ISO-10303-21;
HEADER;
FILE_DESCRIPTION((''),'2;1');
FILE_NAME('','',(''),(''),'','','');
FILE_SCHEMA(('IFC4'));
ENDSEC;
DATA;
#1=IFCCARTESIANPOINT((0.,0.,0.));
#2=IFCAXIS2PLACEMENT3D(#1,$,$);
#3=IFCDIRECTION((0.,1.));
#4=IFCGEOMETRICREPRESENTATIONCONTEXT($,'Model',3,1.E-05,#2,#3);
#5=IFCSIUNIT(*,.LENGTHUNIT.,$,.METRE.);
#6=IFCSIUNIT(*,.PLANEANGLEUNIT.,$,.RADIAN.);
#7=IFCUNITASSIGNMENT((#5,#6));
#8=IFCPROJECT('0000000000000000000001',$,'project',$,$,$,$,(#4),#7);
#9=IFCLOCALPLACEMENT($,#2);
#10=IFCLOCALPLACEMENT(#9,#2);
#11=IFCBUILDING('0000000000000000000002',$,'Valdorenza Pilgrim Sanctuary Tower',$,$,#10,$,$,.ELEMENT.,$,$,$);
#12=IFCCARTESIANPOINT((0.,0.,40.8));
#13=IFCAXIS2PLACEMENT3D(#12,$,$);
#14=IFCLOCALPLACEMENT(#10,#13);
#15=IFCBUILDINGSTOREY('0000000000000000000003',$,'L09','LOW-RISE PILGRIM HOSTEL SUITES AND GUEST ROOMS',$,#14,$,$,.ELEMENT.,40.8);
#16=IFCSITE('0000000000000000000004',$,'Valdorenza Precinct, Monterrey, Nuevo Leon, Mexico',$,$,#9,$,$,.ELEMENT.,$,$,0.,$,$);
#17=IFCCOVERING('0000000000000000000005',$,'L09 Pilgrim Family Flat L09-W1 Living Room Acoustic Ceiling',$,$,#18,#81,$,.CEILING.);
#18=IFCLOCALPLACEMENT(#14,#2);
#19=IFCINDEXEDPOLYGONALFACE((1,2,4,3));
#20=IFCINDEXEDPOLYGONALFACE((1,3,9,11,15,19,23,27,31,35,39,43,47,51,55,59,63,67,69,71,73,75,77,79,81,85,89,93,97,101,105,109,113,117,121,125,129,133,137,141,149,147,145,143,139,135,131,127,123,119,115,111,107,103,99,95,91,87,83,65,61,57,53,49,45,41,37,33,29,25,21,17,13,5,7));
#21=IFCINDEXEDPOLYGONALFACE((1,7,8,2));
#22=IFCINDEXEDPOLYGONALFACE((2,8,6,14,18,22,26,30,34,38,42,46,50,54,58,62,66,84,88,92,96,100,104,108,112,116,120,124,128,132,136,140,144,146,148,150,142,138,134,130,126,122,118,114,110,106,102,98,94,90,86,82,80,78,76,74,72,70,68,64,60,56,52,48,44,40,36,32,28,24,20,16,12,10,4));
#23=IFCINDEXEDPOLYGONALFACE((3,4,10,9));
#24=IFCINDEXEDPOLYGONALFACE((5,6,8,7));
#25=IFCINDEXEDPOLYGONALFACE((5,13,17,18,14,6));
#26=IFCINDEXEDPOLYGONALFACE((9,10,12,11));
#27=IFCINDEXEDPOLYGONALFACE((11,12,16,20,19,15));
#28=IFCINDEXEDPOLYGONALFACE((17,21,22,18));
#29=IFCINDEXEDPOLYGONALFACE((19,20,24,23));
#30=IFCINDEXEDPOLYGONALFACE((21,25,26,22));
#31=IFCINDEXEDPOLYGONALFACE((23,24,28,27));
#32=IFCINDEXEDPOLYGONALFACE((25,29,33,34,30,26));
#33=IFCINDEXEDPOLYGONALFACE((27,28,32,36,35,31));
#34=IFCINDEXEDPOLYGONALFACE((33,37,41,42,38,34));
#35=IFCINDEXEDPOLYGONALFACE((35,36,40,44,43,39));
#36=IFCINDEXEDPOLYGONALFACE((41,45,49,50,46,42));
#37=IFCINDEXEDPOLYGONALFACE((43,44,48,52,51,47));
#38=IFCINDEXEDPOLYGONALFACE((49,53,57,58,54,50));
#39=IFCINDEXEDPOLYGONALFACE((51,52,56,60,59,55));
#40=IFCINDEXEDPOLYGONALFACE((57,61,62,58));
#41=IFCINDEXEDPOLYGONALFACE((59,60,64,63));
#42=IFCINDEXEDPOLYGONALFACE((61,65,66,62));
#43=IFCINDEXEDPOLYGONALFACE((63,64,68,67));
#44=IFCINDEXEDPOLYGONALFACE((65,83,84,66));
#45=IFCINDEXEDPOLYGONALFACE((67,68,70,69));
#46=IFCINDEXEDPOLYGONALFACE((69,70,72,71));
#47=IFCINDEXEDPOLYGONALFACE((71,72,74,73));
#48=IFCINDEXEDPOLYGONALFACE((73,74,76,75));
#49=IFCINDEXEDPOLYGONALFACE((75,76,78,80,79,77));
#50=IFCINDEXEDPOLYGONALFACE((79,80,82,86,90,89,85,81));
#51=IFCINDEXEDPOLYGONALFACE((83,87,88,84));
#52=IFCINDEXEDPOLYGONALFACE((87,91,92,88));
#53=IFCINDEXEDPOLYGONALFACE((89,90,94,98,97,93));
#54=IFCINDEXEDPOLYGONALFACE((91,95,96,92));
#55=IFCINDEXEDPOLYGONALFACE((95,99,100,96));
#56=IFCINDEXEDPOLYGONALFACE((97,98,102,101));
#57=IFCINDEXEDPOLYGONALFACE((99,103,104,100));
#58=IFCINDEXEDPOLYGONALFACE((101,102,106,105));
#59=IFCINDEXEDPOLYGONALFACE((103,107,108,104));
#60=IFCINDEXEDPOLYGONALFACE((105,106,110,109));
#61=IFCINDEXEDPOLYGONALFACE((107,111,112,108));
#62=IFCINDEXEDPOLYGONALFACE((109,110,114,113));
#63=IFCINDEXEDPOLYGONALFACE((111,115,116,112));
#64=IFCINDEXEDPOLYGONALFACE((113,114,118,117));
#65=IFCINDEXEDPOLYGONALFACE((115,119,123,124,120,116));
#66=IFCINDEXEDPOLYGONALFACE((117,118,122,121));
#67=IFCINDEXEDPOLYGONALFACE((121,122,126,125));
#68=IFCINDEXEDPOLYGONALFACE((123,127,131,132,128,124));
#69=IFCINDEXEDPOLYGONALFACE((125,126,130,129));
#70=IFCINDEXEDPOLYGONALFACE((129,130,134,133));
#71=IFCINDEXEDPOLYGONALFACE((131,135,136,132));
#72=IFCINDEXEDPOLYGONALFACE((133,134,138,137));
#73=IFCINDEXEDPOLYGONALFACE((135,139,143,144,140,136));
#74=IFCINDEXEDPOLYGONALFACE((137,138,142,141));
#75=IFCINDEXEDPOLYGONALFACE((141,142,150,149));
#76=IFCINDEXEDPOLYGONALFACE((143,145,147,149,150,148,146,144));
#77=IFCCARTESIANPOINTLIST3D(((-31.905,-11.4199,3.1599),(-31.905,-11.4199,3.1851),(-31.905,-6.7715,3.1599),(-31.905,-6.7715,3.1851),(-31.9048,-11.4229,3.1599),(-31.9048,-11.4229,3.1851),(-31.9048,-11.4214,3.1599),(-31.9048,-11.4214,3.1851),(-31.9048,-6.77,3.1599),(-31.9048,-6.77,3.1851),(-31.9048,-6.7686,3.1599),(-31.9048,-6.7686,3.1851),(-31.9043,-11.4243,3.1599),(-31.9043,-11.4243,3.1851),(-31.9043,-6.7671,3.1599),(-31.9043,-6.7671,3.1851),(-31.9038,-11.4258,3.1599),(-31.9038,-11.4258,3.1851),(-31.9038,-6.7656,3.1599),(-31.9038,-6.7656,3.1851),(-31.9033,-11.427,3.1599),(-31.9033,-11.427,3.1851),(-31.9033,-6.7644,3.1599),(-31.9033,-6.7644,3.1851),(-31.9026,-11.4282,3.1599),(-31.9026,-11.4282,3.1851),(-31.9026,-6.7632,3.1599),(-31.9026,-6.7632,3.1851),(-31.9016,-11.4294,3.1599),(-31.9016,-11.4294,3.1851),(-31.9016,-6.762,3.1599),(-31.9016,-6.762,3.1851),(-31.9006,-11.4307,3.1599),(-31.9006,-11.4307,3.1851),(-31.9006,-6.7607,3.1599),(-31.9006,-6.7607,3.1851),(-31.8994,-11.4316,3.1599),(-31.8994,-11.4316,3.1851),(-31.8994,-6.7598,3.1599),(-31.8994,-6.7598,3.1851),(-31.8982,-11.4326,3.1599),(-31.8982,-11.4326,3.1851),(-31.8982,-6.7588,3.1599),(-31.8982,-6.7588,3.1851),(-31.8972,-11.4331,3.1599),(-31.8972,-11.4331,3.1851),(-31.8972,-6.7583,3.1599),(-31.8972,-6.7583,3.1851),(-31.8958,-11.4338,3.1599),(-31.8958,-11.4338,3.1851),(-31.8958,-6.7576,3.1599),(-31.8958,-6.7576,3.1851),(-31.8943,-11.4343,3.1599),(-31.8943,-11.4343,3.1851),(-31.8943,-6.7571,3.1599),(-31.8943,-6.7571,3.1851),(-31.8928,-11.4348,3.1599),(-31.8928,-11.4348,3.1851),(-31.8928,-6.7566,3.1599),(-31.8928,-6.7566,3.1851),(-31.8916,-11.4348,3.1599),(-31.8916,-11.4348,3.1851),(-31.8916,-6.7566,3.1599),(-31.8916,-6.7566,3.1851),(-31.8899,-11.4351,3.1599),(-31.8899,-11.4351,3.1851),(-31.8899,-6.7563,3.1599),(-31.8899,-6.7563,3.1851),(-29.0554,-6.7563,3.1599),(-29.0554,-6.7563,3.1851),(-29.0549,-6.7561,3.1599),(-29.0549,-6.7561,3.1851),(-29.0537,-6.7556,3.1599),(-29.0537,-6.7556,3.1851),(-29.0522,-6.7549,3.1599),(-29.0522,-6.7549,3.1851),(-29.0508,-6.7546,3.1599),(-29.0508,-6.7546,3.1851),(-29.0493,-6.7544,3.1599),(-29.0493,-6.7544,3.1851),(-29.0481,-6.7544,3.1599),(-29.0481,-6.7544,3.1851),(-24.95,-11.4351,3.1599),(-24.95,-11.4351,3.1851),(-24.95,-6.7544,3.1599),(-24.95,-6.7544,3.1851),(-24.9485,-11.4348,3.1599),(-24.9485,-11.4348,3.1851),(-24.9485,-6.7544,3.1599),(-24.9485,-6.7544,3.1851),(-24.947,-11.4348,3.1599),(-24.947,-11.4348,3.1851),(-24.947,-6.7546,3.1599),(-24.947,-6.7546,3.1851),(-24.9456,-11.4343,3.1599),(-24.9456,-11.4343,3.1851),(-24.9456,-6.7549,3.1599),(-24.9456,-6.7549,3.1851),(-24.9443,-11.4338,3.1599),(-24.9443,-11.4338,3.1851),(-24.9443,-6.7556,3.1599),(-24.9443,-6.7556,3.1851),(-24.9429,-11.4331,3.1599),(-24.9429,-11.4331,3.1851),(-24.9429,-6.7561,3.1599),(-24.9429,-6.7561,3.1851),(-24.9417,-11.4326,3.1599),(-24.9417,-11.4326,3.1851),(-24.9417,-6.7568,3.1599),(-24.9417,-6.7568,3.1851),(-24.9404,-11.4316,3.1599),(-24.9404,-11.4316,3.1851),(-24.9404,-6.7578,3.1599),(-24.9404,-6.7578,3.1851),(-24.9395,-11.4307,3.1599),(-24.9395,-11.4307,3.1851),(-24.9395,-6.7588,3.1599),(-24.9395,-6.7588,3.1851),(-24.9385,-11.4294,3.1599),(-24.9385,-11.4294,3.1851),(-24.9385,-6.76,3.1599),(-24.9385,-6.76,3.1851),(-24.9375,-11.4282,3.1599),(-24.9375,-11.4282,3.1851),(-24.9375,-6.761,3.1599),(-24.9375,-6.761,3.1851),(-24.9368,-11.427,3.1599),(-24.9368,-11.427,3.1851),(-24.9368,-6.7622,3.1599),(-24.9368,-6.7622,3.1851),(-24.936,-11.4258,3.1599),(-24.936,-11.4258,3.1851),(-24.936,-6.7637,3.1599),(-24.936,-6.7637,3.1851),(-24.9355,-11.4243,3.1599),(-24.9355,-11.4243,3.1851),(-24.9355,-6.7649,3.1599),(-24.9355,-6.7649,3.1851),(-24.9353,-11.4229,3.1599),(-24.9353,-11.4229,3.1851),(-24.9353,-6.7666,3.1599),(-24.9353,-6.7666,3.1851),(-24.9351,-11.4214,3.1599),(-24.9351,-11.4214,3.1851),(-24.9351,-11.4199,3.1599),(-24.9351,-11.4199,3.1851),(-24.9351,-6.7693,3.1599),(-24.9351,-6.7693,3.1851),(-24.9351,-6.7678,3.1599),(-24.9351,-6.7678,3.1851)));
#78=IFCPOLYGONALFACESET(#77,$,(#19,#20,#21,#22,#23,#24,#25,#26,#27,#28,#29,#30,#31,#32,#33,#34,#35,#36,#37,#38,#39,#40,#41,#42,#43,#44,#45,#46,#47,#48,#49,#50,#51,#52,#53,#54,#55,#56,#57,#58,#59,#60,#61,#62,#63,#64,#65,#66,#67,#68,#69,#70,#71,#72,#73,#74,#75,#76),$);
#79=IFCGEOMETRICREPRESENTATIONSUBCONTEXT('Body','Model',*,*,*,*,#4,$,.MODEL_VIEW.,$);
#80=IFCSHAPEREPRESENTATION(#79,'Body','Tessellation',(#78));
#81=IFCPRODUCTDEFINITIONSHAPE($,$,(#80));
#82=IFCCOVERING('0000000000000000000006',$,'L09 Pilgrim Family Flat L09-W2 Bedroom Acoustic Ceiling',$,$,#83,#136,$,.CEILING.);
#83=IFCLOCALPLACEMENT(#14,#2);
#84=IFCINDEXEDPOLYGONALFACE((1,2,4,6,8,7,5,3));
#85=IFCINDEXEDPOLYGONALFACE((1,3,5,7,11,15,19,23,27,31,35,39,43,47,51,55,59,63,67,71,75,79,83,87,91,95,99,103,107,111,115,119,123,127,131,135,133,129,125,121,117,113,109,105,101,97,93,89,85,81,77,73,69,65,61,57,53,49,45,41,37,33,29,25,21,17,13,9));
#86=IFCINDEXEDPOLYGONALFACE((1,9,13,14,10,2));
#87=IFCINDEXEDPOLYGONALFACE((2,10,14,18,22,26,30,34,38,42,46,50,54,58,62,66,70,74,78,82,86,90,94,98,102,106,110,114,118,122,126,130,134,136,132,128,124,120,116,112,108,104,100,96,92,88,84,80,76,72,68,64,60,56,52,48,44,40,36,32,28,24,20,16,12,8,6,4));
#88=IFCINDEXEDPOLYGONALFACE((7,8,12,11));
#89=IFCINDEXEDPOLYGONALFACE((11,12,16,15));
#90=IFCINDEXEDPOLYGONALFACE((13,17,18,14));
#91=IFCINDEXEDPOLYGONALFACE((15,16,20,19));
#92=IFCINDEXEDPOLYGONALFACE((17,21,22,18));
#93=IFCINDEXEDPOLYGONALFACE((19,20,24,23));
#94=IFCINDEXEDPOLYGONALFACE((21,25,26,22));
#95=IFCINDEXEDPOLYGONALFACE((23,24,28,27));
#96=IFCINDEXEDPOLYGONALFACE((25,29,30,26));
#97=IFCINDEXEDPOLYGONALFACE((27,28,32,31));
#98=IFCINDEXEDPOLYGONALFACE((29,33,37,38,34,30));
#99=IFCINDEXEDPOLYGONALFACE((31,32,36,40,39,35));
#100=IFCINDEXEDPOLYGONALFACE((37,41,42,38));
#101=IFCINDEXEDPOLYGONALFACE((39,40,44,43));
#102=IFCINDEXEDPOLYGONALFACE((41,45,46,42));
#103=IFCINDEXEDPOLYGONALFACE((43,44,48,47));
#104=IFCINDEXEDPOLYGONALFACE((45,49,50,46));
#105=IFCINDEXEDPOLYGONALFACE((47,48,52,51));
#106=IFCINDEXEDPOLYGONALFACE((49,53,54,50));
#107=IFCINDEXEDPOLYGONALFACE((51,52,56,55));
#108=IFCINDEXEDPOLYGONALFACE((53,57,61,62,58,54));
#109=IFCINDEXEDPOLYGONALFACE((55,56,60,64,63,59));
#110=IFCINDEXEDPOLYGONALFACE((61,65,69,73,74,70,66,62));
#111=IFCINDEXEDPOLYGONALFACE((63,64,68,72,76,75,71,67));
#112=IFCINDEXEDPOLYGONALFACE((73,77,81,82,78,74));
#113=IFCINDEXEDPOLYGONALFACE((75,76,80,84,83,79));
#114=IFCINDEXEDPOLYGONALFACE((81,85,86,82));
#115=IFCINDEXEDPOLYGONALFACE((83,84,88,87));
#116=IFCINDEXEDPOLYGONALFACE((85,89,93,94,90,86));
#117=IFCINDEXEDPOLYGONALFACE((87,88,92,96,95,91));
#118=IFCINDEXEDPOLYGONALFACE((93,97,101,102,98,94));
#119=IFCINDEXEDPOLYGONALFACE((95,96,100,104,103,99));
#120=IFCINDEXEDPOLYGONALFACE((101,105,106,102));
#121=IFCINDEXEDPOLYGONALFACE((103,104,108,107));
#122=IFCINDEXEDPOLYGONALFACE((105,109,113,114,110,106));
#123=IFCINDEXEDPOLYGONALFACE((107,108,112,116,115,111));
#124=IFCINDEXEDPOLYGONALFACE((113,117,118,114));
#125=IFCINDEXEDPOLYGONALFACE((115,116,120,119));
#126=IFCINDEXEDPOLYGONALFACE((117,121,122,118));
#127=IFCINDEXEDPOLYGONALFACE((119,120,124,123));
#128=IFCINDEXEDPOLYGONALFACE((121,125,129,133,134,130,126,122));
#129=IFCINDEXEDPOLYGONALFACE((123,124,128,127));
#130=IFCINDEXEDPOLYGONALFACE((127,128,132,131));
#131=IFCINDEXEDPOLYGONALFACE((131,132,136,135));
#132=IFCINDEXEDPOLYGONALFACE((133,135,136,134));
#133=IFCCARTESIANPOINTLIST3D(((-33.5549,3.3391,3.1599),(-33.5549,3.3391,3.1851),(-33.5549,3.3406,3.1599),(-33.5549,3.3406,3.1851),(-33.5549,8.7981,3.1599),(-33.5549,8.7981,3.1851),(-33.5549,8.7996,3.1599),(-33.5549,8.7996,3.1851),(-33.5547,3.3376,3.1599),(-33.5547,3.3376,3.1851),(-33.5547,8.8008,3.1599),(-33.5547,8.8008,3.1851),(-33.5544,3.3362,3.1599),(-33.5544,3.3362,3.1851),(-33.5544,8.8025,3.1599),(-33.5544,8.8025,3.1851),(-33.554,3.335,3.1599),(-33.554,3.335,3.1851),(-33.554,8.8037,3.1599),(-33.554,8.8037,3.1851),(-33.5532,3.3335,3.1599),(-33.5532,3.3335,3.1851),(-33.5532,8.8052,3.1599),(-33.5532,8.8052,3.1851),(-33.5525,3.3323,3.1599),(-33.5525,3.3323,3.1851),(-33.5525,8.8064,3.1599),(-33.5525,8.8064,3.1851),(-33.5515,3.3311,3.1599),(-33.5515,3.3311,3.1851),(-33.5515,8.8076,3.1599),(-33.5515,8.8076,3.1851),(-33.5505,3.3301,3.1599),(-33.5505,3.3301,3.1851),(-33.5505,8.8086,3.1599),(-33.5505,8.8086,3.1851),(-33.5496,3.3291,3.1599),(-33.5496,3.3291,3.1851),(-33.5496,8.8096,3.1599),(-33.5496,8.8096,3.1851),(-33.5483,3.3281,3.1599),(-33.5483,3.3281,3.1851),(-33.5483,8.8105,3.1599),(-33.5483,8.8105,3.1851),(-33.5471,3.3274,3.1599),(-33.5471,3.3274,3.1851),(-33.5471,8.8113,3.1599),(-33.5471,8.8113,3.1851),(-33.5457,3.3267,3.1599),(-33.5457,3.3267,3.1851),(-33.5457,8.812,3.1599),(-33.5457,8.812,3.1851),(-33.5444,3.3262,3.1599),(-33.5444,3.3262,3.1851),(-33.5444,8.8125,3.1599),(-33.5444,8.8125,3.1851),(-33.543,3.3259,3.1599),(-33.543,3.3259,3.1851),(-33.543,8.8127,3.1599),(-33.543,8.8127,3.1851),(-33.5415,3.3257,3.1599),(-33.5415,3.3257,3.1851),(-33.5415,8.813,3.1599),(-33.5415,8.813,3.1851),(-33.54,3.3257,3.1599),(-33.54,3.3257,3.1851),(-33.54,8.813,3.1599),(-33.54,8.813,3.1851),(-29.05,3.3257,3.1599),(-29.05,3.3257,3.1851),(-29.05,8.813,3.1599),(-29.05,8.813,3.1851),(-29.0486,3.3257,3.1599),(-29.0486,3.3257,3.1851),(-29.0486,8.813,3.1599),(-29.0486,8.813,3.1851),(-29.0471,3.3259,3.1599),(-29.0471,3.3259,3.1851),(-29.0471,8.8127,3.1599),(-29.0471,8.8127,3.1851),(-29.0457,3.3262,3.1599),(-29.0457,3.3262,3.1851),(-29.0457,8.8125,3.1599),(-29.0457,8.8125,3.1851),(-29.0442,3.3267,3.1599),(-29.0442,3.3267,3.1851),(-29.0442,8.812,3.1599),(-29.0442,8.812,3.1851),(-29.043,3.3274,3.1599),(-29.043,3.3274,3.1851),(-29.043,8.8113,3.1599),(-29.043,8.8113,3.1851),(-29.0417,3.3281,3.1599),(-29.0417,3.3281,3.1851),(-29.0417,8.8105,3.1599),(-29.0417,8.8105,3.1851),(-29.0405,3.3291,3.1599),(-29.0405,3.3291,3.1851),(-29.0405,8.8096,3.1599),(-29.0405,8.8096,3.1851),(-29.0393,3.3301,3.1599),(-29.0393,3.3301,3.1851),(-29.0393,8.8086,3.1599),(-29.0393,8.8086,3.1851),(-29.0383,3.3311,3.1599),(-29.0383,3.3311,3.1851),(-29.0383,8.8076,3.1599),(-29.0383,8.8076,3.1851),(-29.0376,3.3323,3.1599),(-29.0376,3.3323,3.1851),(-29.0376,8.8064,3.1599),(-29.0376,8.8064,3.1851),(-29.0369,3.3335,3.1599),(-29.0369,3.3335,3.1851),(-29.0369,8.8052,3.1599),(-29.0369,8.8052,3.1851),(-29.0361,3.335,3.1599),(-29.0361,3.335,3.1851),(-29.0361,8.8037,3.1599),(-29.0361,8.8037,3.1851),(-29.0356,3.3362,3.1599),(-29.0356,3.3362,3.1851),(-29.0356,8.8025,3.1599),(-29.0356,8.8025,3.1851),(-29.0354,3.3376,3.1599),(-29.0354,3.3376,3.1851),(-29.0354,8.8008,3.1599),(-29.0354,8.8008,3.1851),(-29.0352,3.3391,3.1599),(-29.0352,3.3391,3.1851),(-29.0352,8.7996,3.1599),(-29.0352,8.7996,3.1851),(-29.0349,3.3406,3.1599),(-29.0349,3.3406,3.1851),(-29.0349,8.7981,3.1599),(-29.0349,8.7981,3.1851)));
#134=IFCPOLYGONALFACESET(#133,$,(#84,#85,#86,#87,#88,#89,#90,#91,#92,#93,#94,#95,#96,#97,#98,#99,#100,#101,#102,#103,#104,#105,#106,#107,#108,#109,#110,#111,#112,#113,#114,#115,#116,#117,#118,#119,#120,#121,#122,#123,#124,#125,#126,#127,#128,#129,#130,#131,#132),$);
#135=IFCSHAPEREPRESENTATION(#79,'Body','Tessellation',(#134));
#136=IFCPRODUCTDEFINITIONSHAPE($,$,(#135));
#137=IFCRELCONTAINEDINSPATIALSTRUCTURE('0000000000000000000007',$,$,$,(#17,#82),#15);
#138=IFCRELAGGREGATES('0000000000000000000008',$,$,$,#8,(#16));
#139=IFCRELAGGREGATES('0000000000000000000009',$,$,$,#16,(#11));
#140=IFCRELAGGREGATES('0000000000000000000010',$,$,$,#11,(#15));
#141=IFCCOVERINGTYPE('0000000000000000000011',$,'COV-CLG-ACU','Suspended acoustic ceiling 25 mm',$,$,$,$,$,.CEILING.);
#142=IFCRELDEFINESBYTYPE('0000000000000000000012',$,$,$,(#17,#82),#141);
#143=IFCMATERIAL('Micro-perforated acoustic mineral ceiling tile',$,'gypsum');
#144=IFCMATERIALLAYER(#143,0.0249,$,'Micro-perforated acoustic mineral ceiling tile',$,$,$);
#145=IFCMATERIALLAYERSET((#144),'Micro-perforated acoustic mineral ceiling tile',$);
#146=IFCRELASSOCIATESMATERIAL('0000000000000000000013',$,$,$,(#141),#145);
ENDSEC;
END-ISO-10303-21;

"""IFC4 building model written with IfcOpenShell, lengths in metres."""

from ifc_helpers import new_model, si_unit, direction, frame, origin, place, context, subcontext, project, spatial, polyline, outline, extrude, material, layer, layer_set, type_object, element, save


model = new_model("IFC4")

# Units and contexts
model_context = context("Model", 3, precision=1e-05, world=origin(), true_north=direction((0.0, 1.0)))
body_context = subcontext(model_context, "Body", "Model", "MODEL_VIEW")
ifc_project = project(units=[si_unit("LENGTHUNIT", "METRE"), si_unit("PLANEANGLEUNIT", "RADIAN")], contexts=[model_context])

# Site, building, storey
site_placement = place(None, origin())
site = spatial("IfcSite", under=ifc_project, at=site_placement, Name="Valdorenza Precinct, Monterrey, Nuevo Leon, Mexico", CompositionType="ELEMENT", RefElevation=0.0)
building_placement = place(site_placement, origin())
building = spatial("IfcBuilding", under=site, at=building_placement, Name="Valdorenza Pilgrim Sanctuary Tower", CompositionType="ELEMENT")
storey_placement = place(building_placement, frame((0.0, 0.0, 40.8)))
storey = spatial("IfcBuildingStorey", under=building, at=storey_placement, Name="L09", Description="LOW-RISE PILGRIM HOSTEL SUITES AND GUEST ROOMS", CompositionType="ELEMENT", Elevation=40.8)

# Coverings
ifc_material_1 = material(Name="Micro-perforated acoustic mineral ceiling tile", Category="gypsum")
ifc_layer_1 = layer(ifc_material_1, 0.0249, Name="Micro-perforated acoustic mineral ceiling tile")
ifc_layer_set_1 = layer_set([ifc_layer_1], Name="Micro-perforated acoustic mineral ceiling tile")
covering_type_1 = type_object("IfcCoveringType", Name="COV-CLG-ACU", Description="Suspended acoustic ceiling 25 mm", PredefinedType="CEILING", material=ifc_layer_set_1)
covering_1_placement = place(storey_placement, frame((0.0, 0.0, 3.1599)))
element("IfcCovering", 1, at=covering_1_placement, inside=storey, type_object=covering_type_1, Name="L09 Pilgrim Family Flat L09-W1 Living Room Acoustic Ceiling", PredefinedType="CEILING", context=body_context, shape_type="SweptSolid", body=[
    extrude(outline(polyline([(-29.0554, -6.7563), (-29.0549, -6.7561), (-29.0537, -6.7556), (-29.0522, -6.7549), (-29.0508, -6.7546), (-29.0493, -6.7544), (-29.0481, -6.7544), (-24.95, -6.7544), (-24.9485, -6.7544), (-24.947, -6.7546), (-24.9456, -6.7549), (-24.9443, -6.7556), (-24.9429, -6.7561), (-24.9417, -6.7568), (-24.9404, -6.7578), (-24.9395, -6.7588), (-24.9385, -6.76), (-24.9375, -6.761), (-24.9368, -6.7622), (-24.936, -6.7637), (-24.9355, -6.7649), (-24.9353, -6.7666), (-24.9351, -6.7678), (-24.9351, -6.7693), (-24.9351, -11.4199), (-24.9351, -11.4214), (-24.9353, -11.4229), (-24.9355, -11.4243), (-24.936, -11.4258), (-24.9368, -11.427), (-24.9375, -11.4282), (-24.9385, -11.4294), (-24.9395, -11.4307), (-24.9404, -11.4316), (-24.9417, -11.4326), (-24.9429, -11.4331), (-24.9443, -11.4338), (-24.9456, -11.4343), (-24.947, -11.4348), (-24.9485, -11.4348), (-24.95, -11.4351), (-31.8899, -11.4351), (-31.8916, -11.4348), (-31.8928, -11.4348), (-31.8943, -11.4343), (-31.8958, -11.4338), (-31.8972, -11.4331), (-31.8982, -11.4326), (-31.8994, -11.4316), (-31.9006, -11.4307), (-31.9016, -11.4294), (-31.9026, -11.4282), (-31.9033, -11.427), (-31.9038, -11.4258), (-31.9043, -11.4243), (-31.9048, -11.4229), (-31.9048, -11.4214), (-31.905, -11.4199), (-31.905, -6.7715), (-31.9048, -6.77), (-31.9048, -6.7686), (-31.9043, -6.7671), (-31.9038, -6.7656), (-31.9033, -6.7644), (-31.9026, -6.7632), (-31.9016, -6.762), (-31.9006, -6.7607), (-31.8994, -6.7598), (-31.8982, -6.7588), (-31.8972, -6.7583), (-31.8958, -6.7576), (-31.8943, -6.7571), (-31.8928, -6.7566), (-31.8916, -6.7566), (-31.8899, -6.7563), (-29.0554, -6.7563)])), origin(), (0.0, 0.0, 1.0), 0.0251),
])
covering_2_placement = place(storey_placement, frame((0.0, 0.0, 3.1599)))
element("IfcCovering", 2, at=covering_2_placement, inside=storey, type_object=covering_type_1, Name="L09 Pilgrim Family Flat L09-W2 Bedroom Acoustic Ceiling", PredefinedType="CEILING", context=body_context, shape_type="SweptSolid", body=[
    extrude(outline(polyline([(-29.0349, 3.3406), (-29.0352, 3.3391), (-29.0354, 3.3376), (-29.0356, 3.3362), (-29.0361, 3.335), (-29.0369, 3.3335), (-29.0376, 3.3323), (-29.0383, 3.3311), (-29.0393, 3.3301), (-29.0405, 3.3291), (-29.0417, 3.3281), (-29.043, 3.3274), (-29.0442, 3.3267), (-29.0457, 3.3262), (-29.0471, 3.3259), (-29.0486, 3.3257), (-29.05, 3.3257), (-33.54, 3.3257), (-33.5415, 3.3257), (-33.543, 3.3259), (-33.5444, 3.3262), (-33.5457, 3.3267), (-33.5471, 3.3274), (-33.5483, 3.3281), (-33.5496, 3.3291), (-33.5505, 3.3301), (-33.5515, 3.3311), (-33.5525, 3.3323), (-33.5532, 3.3335), (-33.554, 3.335), (-33.5544, 3.3362), (-33.5547, 3.3376), (-33.5549, 3.3391), (-33.5549, 3.3406), (-33.5549, 8.7981), (-33.5549, 8.7996), (-33.5547, 8.8008), (-33.5544, 8.8025), (-33.554, 8.8037), (-33.5532, 8.8052), (-33.5525, 8.8064), (-33.5515, 8.8076), (-33.5505, 8.8086), (-33.5496, 8.8096), (-33.5483, 8.8105), (-33.5471, 8.8113), (-33.5457, 8.812), (-33.5444, 8.8125), (-33.543, 8.8127), (-33.5415, 8.813), (-33.54, 8.813), (-29.05, 8.813), (-29.0486, 8.813), (-29.0471, 8.8127), (-29.0457, 8.8125), (-29.0442, 8.812), (-29.043, 8.8113), (-29.0417, 8.8105), (-29.0405, 8.8096), (-29.0393, 8.8086), (-29.0383, 8.8076), (-29.0376, 8.8064), (-29.0369, 8.8052), (-29.0361, 8.8037), (-29.0356, 8.8025), (-29.0354, 8.8008), (-29.0352, 8.7996), (-29.0349, 8.7981), (-29.0349, 3.3406)])), origin(), (0.0, 0.0, 1.0), 0.0251),
])

save(model, "model.ifc")
